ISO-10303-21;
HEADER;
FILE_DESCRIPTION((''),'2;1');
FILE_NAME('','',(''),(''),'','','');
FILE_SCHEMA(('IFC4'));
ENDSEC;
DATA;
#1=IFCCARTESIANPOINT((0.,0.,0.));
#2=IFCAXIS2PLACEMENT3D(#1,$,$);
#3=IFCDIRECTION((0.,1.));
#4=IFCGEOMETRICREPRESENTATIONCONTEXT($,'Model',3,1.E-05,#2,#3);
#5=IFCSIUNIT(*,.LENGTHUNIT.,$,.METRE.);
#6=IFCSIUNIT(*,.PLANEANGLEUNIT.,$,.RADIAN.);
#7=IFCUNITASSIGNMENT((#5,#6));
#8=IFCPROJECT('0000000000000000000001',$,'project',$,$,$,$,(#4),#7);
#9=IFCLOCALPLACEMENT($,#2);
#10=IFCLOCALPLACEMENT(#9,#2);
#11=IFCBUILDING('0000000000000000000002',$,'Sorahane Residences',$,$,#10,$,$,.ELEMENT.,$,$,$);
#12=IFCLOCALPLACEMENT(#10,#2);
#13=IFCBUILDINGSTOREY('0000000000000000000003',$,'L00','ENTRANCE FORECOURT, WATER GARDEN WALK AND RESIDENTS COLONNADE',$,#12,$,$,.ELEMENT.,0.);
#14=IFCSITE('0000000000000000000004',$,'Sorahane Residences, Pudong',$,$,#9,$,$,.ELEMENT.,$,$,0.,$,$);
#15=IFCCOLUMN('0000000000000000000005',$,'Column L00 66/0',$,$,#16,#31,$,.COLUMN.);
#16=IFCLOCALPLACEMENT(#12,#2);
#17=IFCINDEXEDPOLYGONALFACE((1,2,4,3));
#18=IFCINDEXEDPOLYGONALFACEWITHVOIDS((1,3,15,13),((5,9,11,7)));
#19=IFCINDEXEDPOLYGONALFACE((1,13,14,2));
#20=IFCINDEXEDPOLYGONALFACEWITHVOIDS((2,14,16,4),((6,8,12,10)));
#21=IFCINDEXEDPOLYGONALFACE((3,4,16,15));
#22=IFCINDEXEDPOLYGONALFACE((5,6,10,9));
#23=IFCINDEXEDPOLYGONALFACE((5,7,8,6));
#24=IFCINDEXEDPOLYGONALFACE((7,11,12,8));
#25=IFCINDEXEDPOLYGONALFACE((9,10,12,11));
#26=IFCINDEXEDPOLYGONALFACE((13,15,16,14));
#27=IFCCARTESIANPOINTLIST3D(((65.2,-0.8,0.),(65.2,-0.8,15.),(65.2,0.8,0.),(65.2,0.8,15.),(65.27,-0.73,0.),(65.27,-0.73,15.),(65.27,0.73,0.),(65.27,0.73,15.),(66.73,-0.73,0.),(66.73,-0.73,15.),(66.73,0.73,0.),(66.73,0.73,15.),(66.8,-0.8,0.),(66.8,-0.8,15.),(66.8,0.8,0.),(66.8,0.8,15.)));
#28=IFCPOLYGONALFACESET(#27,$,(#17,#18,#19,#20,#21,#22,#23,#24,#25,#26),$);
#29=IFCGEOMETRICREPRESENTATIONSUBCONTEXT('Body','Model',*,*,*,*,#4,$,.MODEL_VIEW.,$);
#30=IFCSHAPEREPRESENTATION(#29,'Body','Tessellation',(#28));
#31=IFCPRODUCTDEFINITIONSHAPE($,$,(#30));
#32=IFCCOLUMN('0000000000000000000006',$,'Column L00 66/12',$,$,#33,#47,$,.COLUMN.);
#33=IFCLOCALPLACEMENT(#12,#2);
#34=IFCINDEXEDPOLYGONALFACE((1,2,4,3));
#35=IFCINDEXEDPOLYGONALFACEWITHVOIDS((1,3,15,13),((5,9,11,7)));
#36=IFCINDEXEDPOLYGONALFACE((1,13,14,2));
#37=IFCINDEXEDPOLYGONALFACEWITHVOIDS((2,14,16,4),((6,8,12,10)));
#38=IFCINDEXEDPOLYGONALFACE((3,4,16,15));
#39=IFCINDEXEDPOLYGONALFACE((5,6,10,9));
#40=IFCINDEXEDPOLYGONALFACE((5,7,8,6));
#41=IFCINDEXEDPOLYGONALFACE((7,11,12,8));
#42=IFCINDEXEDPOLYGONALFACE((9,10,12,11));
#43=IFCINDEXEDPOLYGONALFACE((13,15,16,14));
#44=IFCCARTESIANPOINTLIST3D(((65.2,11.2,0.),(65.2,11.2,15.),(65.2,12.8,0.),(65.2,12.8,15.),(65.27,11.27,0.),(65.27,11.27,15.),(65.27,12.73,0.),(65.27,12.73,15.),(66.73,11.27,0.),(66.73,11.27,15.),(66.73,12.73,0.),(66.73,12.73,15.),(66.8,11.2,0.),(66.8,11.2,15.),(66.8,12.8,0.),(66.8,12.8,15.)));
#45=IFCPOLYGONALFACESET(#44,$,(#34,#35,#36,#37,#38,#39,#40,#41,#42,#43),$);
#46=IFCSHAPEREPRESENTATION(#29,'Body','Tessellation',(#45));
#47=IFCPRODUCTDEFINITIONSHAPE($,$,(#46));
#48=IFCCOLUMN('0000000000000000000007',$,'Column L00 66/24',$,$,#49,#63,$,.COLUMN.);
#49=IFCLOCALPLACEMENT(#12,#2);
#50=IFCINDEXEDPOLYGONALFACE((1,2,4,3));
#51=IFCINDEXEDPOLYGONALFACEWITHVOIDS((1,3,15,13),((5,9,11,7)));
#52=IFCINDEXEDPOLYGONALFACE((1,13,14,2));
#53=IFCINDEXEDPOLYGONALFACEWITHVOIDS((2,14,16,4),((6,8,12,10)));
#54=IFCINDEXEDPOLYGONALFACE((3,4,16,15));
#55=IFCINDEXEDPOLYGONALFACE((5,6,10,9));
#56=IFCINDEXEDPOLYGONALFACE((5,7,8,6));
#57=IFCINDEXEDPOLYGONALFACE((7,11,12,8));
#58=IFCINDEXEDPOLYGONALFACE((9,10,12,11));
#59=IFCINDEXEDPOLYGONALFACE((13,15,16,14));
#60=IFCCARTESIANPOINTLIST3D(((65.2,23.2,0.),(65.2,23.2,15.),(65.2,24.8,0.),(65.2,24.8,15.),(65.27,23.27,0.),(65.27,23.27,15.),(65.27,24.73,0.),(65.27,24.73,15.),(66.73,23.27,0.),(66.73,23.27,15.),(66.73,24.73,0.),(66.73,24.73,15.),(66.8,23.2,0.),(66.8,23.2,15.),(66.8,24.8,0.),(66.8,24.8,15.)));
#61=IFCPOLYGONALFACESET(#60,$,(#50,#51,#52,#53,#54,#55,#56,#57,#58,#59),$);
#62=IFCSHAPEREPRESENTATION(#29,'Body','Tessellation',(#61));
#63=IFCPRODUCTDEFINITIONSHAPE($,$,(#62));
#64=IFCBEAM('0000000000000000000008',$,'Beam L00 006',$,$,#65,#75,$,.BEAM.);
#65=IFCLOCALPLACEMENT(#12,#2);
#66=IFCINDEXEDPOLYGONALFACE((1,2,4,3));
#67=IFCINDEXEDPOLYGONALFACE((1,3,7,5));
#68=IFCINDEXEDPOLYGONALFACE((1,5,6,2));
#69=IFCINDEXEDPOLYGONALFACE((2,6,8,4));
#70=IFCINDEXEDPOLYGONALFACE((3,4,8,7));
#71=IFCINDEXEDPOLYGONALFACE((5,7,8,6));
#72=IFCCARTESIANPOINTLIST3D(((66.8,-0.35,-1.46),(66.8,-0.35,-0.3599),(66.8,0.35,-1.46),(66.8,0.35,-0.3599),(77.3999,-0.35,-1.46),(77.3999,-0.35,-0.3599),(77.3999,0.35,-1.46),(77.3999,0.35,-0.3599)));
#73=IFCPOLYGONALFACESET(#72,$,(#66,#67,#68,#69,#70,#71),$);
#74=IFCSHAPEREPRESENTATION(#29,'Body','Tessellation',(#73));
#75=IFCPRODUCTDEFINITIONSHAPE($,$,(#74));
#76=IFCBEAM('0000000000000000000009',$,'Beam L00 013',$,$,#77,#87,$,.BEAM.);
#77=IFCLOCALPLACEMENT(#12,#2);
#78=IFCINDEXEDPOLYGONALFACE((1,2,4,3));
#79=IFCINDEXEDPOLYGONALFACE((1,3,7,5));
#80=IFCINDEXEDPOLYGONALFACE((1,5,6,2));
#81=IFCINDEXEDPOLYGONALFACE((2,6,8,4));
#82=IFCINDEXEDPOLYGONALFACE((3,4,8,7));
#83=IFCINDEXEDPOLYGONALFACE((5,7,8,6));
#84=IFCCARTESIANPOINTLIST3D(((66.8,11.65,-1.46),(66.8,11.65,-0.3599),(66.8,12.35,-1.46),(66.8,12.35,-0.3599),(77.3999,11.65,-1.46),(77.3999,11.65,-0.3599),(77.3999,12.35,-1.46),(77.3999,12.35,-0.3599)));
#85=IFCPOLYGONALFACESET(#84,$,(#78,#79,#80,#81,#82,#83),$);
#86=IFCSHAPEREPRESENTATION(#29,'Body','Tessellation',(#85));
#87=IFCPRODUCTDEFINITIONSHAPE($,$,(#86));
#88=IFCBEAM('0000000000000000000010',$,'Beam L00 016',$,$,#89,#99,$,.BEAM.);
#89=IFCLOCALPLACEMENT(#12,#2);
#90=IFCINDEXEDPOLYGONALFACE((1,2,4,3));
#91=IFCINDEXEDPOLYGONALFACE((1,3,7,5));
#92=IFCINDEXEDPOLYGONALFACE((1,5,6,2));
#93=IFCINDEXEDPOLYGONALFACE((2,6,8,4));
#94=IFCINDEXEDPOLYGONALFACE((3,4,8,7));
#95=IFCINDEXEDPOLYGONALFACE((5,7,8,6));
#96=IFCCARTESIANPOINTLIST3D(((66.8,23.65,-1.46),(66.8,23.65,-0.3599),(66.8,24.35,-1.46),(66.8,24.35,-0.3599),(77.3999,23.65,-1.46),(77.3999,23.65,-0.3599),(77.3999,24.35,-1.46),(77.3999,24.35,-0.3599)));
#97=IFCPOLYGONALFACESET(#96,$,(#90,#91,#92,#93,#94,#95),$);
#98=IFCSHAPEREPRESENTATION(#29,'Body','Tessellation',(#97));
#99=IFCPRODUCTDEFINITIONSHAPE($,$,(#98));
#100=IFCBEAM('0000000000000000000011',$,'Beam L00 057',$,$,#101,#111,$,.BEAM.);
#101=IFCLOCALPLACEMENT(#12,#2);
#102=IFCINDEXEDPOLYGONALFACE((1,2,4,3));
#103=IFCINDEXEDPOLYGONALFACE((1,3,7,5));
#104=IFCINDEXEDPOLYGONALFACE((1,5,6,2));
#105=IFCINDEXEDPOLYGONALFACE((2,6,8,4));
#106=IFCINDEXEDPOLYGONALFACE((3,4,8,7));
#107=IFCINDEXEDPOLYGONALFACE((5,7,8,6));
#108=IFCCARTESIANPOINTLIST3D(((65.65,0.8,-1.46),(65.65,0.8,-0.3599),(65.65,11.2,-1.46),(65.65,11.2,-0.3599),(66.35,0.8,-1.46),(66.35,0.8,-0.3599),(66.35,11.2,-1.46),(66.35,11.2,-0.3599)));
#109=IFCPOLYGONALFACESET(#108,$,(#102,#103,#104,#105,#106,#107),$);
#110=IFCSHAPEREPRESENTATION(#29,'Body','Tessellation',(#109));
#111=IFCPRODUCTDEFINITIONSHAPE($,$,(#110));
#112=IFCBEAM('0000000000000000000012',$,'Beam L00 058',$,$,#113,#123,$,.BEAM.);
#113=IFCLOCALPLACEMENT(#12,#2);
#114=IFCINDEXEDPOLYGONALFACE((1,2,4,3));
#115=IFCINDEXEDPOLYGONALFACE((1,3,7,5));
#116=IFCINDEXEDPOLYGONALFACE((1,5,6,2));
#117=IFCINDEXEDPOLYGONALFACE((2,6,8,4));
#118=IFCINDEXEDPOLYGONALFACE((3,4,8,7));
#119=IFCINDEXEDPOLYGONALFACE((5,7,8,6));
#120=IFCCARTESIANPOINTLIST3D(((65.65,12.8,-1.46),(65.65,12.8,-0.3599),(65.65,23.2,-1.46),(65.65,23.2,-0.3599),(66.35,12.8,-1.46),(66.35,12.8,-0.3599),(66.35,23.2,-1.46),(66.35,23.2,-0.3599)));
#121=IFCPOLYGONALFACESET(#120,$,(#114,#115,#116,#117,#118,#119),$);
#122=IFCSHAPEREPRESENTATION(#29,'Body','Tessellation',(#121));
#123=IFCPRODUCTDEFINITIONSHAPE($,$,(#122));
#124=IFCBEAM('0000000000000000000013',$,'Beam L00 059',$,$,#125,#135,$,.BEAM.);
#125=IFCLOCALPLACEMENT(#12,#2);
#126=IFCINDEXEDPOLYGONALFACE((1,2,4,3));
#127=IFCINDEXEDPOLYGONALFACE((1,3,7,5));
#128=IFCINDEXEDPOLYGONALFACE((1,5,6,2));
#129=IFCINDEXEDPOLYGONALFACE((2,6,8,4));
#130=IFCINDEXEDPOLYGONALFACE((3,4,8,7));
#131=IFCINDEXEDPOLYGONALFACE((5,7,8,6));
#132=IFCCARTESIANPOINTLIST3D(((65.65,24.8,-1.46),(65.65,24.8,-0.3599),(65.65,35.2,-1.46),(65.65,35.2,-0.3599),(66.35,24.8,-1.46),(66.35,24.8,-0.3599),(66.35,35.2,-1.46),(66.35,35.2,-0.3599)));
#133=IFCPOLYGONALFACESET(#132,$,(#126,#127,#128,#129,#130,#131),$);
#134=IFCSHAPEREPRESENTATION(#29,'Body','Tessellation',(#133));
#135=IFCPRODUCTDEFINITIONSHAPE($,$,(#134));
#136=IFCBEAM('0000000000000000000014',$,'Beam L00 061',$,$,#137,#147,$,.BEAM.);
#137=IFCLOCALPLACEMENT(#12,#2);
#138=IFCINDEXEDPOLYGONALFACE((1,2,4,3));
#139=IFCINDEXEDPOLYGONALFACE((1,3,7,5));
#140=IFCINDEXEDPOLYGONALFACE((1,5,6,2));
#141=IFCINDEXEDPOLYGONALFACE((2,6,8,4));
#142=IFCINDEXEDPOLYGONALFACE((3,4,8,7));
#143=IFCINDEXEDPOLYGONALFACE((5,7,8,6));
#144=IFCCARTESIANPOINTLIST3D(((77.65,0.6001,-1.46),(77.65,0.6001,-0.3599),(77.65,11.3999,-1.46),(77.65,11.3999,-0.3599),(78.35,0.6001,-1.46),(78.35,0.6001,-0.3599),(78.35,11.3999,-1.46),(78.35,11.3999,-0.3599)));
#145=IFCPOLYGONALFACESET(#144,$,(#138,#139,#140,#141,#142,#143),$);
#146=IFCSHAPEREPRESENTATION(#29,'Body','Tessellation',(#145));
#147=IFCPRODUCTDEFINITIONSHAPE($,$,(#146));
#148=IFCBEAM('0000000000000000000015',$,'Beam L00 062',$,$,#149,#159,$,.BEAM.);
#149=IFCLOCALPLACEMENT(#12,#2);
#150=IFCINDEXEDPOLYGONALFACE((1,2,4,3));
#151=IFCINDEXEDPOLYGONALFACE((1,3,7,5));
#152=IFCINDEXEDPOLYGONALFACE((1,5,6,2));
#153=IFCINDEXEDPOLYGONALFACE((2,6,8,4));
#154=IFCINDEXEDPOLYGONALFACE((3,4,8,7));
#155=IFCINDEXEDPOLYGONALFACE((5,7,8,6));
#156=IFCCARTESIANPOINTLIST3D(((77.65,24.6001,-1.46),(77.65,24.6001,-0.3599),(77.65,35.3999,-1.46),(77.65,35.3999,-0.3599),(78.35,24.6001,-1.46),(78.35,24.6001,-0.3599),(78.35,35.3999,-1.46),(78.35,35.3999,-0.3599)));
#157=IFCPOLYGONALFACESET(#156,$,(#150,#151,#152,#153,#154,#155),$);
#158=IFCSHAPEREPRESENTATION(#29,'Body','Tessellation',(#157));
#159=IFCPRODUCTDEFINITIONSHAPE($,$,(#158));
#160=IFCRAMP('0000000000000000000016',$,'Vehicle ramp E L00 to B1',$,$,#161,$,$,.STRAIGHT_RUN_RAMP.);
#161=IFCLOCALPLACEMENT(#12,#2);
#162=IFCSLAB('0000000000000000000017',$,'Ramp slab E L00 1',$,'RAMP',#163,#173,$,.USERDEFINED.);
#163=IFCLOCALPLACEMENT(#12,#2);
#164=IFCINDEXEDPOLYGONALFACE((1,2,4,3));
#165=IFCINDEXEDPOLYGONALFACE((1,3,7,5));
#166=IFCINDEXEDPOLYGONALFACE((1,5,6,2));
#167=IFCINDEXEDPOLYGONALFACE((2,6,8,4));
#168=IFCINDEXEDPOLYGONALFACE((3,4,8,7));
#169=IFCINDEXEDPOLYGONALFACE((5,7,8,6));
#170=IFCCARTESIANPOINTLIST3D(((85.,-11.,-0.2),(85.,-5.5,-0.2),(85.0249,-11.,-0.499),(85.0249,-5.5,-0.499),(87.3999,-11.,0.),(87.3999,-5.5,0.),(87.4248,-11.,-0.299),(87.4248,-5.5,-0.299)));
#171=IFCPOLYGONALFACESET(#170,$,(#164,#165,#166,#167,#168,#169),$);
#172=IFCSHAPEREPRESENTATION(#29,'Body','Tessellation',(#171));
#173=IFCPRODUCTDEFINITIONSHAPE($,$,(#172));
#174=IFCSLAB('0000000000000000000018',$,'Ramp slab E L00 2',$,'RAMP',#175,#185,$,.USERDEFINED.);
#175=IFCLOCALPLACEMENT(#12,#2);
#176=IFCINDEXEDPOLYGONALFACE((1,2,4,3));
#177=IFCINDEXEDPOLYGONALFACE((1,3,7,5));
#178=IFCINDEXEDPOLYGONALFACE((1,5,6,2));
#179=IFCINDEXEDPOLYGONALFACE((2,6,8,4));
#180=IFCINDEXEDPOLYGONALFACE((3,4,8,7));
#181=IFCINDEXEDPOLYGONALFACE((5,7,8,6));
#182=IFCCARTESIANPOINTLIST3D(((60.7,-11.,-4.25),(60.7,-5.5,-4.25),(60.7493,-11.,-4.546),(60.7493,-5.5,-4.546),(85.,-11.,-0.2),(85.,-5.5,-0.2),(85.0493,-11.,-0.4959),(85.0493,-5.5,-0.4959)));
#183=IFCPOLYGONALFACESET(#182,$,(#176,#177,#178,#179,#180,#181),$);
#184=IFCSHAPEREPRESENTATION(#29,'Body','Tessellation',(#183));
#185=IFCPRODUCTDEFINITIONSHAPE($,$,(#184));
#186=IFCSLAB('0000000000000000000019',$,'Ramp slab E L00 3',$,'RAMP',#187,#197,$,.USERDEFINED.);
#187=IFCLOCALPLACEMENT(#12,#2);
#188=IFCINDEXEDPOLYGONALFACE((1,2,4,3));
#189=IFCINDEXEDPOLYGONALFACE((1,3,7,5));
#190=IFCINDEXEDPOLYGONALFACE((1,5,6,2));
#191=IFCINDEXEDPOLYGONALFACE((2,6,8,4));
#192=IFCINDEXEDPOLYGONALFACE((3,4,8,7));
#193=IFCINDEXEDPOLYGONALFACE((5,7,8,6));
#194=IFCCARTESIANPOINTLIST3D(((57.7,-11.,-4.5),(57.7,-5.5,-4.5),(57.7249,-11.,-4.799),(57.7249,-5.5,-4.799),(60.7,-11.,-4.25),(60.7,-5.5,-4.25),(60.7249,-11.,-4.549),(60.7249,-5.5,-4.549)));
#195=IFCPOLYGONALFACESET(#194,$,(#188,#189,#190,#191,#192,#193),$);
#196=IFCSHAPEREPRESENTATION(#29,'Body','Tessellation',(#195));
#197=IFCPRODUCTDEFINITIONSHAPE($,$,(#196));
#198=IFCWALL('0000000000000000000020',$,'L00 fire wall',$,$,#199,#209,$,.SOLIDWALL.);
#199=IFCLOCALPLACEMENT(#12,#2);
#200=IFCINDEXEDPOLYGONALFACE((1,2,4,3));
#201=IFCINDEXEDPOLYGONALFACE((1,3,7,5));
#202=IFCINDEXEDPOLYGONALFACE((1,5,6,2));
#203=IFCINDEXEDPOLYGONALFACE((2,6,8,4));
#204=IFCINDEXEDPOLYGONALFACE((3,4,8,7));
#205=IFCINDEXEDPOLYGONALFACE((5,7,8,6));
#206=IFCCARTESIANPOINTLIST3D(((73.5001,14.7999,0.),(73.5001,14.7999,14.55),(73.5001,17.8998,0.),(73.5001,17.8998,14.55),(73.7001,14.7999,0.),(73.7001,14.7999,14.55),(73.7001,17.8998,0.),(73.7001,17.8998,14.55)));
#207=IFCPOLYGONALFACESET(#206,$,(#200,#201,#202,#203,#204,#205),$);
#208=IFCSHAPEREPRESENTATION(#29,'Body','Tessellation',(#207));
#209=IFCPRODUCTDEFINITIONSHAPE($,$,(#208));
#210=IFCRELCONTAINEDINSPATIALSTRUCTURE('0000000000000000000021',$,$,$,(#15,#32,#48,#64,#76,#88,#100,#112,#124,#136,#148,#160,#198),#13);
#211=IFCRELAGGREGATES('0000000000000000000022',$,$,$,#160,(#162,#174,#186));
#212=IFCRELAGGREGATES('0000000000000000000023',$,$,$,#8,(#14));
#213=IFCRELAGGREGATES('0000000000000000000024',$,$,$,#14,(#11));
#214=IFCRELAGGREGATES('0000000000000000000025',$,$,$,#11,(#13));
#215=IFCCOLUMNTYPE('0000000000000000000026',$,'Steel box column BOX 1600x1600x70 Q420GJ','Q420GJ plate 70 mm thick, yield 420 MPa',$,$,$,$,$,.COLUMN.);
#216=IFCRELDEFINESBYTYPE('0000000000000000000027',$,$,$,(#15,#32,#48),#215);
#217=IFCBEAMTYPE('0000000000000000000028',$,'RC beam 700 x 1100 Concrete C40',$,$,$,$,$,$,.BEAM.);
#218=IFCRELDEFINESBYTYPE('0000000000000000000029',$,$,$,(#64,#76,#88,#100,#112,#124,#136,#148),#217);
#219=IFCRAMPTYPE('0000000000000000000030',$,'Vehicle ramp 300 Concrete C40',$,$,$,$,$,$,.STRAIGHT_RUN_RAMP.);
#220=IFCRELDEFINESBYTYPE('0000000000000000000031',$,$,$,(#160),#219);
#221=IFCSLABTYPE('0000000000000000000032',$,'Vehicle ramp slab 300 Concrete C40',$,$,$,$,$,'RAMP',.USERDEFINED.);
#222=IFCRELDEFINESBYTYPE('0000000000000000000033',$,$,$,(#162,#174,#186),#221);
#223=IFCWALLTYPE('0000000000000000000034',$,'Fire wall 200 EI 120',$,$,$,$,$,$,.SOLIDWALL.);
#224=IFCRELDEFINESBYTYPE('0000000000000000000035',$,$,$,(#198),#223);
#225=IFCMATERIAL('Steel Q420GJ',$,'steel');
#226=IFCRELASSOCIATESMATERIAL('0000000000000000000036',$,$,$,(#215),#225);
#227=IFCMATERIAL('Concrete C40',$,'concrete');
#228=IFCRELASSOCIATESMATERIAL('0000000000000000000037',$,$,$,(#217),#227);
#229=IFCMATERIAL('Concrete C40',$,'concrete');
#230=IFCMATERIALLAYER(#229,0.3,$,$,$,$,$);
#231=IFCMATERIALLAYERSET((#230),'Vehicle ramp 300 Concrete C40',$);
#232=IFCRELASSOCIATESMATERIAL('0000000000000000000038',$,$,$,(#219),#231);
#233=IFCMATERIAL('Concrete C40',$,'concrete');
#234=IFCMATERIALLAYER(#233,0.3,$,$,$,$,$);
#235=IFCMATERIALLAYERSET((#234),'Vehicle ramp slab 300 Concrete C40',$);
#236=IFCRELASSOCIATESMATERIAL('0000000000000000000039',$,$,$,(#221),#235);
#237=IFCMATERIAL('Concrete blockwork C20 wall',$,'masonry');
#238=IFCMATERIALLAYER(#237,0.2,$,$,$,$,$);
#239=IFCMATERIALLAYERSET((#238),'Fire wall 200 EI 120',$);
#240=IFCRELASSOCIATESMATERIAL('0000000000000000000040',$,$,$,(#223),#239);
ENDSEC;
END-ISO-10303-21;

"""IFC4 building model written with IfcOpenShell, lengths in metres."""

from ifc_helpers import new_model, si_unit, direction, frame, frame_2d, origin, origin_2d, place, context, subcontext, project, spatial, polyline, rectangle, hollow_rectangle, outline, extrude, material, layer, layer_set, material_profile, profile_set, type_object, element, aggregate, save


model = new_model("IFC4")

# Units and contexts
model_context = context("Model", 3, precision=1e-05, world=origin(), true_north=direction((0.0, 1.0)))
body_context = subcontext(model_context, "Body", "Model", "MODEL_VIEW")
ifc_project = project(units=[si_unit("LENGTHUNIT", "METRE"), si_unit("PLANEANGLEUNIT", "RADIAN")], contexts=[model_context])

# Site, building, storey
site_placement = place(None, origin())
site = spatial("IfcSite", under=ifc_project, at=site_placement, Name="Sorahane Residences, Pudong", CompositionType="ELEMENT", RefElevation=0.0)
building_placement = place(site_placement, origin())
building = spatial("IfcBuilding", under=site, at=building_placement, Name="Sorahane Residences", CompositionType="ELEMENT")
storey_placement = place(building_placement, origin())
storey = spatial("IfcBuildingStorey", under=building, at=storey_placement, Name="L00", Description="ENTRANCE FORECOURT, WATER GARDEN WALK AND RESIDENTS COLONNADE", CompositionType="ELEMENT", Elevation=0.0)

# Columns
ifc_material_1 = material(Name="Steel Q420GJ", Category="steel")
ifc_material_profile_1 = material_profile(ifc_material_1, hollow_rectangle(XDim=1.6001, YDim=1.6001, WallThickness=0.0701, at=origin_2d()), Name="BOX 1600x1600x70")
ifc_profile_set_1 = profile_set([ifc_material_profile_1], Name="Steel Q420GJ")
column_type = type_object("IfcColumnType", Name="Steel box column BOX 1600x1600x70 Q420GJ", Description="Q420GJ plate 70 mm thick, yield 420 MPa", PredefinedType="COLUMN", material=ifc_profile_set_1)
for number, where, z_axis, x_axis, name in (
    (1, (66.0, 0.0, 0.0), (0.0, 0.0, 1.0), (1.0, 0.0, 0.0), "Column L00 66/0"),
    (2, (66.0, 12.0, 0.0), (0.0, 0.0, 1.0), (1.0, 0.0, 0.0), "Column L00 66/12"),
    (3, (66.0, 24.0, 0.0), (0.0, 0.0, 1.0), (1.0, 0.0, 0.0), "Column L00 66/24"),
):
    element("IfcColumn", number, at=place(storey_placement, frame(where, z_axis=z_axis, x_axis=x_axis)), inside=storey, type_object=column_type, Name=name, PredefinedType="COLUMN", context=body_context, shape_type="SweptSolid", body=[
        extrude(hollow_rectangle(XDim=1.6001, YDim=1.6001, WallThickness=0.0701, at=origin_2d()), origin(), (0.0, 0.0, 1.0), 15.0),
    ])

# Beams
ifc_material_2 = material(Name="Concrete C40", Category="concrete")
ifc_material_profile_2 = material_profile(ifc_material_2, rectangle(XDim=0.7, YDim=1.1001, at=origin_2d()), Name="700x1100")
ifc_profile_set_2 = profile_set([ifc_material_profile_2], Name="Concrete C40")
beam_type = type_object("IfcBeamType", Name="RC beam 700 x 1100 Concrete C40", PredefinedType="BEAM", material=ifc_profile_set_2)
for number, where, z_axis, x_axis, name in (
    (4, (66.8, 0.0, -0.9099), (1.0, 0.0, 0.0), (0.0, 1.0, 0.0), "Beam L00 006"),
    (5, (66.8, 12.0, -0.9099), (1.0, 0.0, 0.0), (0.0, 1.0, 0.0), "Beam L00 013"),
    (6, (66.8, 24.0, -0.9099), (1.0, 0.0, 0.0), (0.0, 1.0, 0.0), "Beam L00 016"),
):
    element("IfcBeam", number, at=place(storey_placement, frame(where, z_axis=z_axis, x_axis=x_axis)), inside=storey, type_object=beam_type, Name=name, PredefinedType="BEAM", context=body_context, shape_type="SweptSolid", body=[
        extrude(rectangle(XDim=0.7, YDim=1.1001, at=origin_2d()), origin(), (0.0, 0.0, 1.0), 10.5999),
    ])
for number, where, z_axis, x_axis, name in (
    (7, (66.0, 0.8, -0.9099), (0.0, 1.0, 0.0), (-1.0, 0.0, 0.0), "Beam L00 057"),
    (8, (66.0, 12.8, -0.9099), (0.0, 1.0, 0.0), (-1.0, 0.0, 0.0), "Beam L00 058"),
    (9, (66.0, 24.8, -0.9099), (0.0, 1.0, 0.0), (-1.0, 0.0, 0.0), "Beam L00 059"),
):
    element("IfcBeam", number, at=place(storey_placement, frame(where, z_axis=z_axis, x_axis=x_axis)), inside=storey, type_object=beam_type, Name=name, PredefinedType="BEAM", context=body_context, shape_type="SweptSolid", body=[
        extrude(rectangle(XDim=0.7, YDim=1.1001, at=origin_2d()), origin(), (0.0, 0.0, 1.0), 10.3999),
    ])
for number, where, z_axis, x_axis, name in (
    (10, (78.0, 0.6001, -0.9099), (0.0, 1.0, 0.0), (-1.0, 0.0, 0.0), "Beam L00 061"),
    (11, (78.0, 24.6001, -0.9099), (0.0, 1.0, 0.0), (-1.0, 0.0, 0.0), "Beam L00 062"),
):
    element("IfcBeam", number, at=place(storey_placement, frame(where, z_axis=z_axis, x_axis=x_axis)), inside=storey, type_object=beam_type, Name=name, PredefinedType="BEAM", context=body_context, shape_type="SweptSolid", body=[
        extrude(rectangle(XDim=0.7, YDim=1.1001, at=origin_2d()), origin(), (0.0, 0.0, 1.0), 10.7998),
    ])

# Ramp, slabs
ifc_material_3 = material(Name="Concrete C40", Category="concrete")
ifc_layer_1 = layer(ifc_material_3, 0.3)
ifc_layer_set_1 = layer_set([ifc_layer_1], Name="Vehicle ramp 300 Concrete C40")
ramp_type = type_object("IfcRampType", Name="Vehicle ramp 300 Concrete C40", PredefinedType="STRAIGHT_RUN_RAMP", material=ifc_layer_set_1)
ramp_placement = place(storey_placement, origin())
ramp = element("IfcRamp", 12, at=ramp_placement, inside=storey, type_object=ramp_type, Name="Vehicle ramp E L00 to B1", PredefinedType="STRAIGHT_RUN_RAMP")
ifc_material_4 = material(Name="Concrete C40", Category="concrete")
ifc_layer_2 = layer(ifc_material_4, 0.3)
ifc_layer_set_2 = layer_set([ifc_layer_2], Name="Vehicle ramp slab 300 Concrete C40")
slab_type = type_object("IfcSlabType", Name="Vehicle ramp slab 300 Concrete C40", ElementType="RAMP", PredefinedType="USERDEFINED", material=ifc_layer_set_2)
slab_1_placement = place(storey_placement, frame((87.3999, -11.0, 0.0), z_axis=(-0.083029, 0.0, 0.996547), x_axis=(-0.996547, 0.0, -0.083029)))
slab_1 = element("IfcSlab", 13, at=slab_1_placement, type_object=slab_type, Name="Ramp slab E L00 1", ObjectType="RAMP", PredefinedType="USERDEFINED", context=body_context, shape_type="SweptSolid", body=[
    extrude(outline(polyline([(0.0, 0.0), (2.4082, 0.0), (2.4082, -5.5), (0.0, -5.5), (0.0, 0.0)])), origin(), (0.0, 0.0, -1.0), 0.3),
])
slab_2_placement = place(storey_placement, frame((85.0, -11.0, -0.2), z_axis=(-0.164401, 0.0, 0.986394), x_axis=(-0.986394, 0.0, -0.164401)))
slab_2 = element("IfcSlab", 14, at=slab_2_placement, type_object=slab_type, Name="Ramp slab E L00 2", ObjectType="RAMP", PredefinedType="USERDEFINED", context=body_context, shape_type="SweptSolid", body=[
    extrude(outline(polyline([(0.0, 0.0), (24.6352, 0.0), (24.6352, -5.5), (0.0, -5.5), (0.0, 0.0)])), origin(), (0.0, 0.0, -1.0), 0.3),
])
slab_3_placement = place(storey_placement, frame((60.7, -11.0, -4.25), z_axis=(-0.083045, 0.0, 0.996546), x_axis=(-0.996546, 0.0, -0.083045)))
slab_3 = element("IfcSlab", 15, at=slab_3_placement, type_object=slab_type, Name="Ramp slab E L00 3", ObjectType="RAMP", PredefinedType="USERDEFINED", context=body_context, shape_type="SweptSolid", body=[
    extrude(outline(polyline([(0.0, 0.0), (3.0104, 0.0), (3.0104, -5.5), (0.0, -5.5), (0.0, 0.0)])), origin(), (0.0, 0.0, -1.0), 0.3),
])

# Wall
ifc_material_5 = material(Name="Concrete blockwork C20 wall", Category="masonry")
ifc_layer_3 = layer(ifc_material_5, 0.2)
ifc_layer_set_3 = layer_set([ifc_layer_3], Name="Fire wall 200 EI 120")
wall_type_1 = type_object("IfcWallType", Name="Fire wall 200 EI 120", PredefinedType="SOLIDWALL", material=ifc_layer_set_3)
for number, where, z_axis, x_axis, name in (
    (16, (73.6001, 14.8, 0.0), (0.0, 0.0, 1.0), (0.0, 1.0, 0.0), "L00 fire wall"),
):
    element("IfcWall", number, at=place(storey_placement, frame(where, z_axis=z_axis, x_axis=x_axis)), inside=storey, type_object=wall_type_1, Name=name, PredefinedType="SOLIDWALL", context=body_context, shape_type="SweptSolid", body=[
        extrude(rectangle(XDim=3.0999, YDim=0.2, at=frame_2d((1.5498, 0.0))), origin(), (0.0, 0.0, 1.0), 14.55),
    ])

aggregate(ramp, [slab_1, slab_2, slab_3])

save(model, "model.ifc")
